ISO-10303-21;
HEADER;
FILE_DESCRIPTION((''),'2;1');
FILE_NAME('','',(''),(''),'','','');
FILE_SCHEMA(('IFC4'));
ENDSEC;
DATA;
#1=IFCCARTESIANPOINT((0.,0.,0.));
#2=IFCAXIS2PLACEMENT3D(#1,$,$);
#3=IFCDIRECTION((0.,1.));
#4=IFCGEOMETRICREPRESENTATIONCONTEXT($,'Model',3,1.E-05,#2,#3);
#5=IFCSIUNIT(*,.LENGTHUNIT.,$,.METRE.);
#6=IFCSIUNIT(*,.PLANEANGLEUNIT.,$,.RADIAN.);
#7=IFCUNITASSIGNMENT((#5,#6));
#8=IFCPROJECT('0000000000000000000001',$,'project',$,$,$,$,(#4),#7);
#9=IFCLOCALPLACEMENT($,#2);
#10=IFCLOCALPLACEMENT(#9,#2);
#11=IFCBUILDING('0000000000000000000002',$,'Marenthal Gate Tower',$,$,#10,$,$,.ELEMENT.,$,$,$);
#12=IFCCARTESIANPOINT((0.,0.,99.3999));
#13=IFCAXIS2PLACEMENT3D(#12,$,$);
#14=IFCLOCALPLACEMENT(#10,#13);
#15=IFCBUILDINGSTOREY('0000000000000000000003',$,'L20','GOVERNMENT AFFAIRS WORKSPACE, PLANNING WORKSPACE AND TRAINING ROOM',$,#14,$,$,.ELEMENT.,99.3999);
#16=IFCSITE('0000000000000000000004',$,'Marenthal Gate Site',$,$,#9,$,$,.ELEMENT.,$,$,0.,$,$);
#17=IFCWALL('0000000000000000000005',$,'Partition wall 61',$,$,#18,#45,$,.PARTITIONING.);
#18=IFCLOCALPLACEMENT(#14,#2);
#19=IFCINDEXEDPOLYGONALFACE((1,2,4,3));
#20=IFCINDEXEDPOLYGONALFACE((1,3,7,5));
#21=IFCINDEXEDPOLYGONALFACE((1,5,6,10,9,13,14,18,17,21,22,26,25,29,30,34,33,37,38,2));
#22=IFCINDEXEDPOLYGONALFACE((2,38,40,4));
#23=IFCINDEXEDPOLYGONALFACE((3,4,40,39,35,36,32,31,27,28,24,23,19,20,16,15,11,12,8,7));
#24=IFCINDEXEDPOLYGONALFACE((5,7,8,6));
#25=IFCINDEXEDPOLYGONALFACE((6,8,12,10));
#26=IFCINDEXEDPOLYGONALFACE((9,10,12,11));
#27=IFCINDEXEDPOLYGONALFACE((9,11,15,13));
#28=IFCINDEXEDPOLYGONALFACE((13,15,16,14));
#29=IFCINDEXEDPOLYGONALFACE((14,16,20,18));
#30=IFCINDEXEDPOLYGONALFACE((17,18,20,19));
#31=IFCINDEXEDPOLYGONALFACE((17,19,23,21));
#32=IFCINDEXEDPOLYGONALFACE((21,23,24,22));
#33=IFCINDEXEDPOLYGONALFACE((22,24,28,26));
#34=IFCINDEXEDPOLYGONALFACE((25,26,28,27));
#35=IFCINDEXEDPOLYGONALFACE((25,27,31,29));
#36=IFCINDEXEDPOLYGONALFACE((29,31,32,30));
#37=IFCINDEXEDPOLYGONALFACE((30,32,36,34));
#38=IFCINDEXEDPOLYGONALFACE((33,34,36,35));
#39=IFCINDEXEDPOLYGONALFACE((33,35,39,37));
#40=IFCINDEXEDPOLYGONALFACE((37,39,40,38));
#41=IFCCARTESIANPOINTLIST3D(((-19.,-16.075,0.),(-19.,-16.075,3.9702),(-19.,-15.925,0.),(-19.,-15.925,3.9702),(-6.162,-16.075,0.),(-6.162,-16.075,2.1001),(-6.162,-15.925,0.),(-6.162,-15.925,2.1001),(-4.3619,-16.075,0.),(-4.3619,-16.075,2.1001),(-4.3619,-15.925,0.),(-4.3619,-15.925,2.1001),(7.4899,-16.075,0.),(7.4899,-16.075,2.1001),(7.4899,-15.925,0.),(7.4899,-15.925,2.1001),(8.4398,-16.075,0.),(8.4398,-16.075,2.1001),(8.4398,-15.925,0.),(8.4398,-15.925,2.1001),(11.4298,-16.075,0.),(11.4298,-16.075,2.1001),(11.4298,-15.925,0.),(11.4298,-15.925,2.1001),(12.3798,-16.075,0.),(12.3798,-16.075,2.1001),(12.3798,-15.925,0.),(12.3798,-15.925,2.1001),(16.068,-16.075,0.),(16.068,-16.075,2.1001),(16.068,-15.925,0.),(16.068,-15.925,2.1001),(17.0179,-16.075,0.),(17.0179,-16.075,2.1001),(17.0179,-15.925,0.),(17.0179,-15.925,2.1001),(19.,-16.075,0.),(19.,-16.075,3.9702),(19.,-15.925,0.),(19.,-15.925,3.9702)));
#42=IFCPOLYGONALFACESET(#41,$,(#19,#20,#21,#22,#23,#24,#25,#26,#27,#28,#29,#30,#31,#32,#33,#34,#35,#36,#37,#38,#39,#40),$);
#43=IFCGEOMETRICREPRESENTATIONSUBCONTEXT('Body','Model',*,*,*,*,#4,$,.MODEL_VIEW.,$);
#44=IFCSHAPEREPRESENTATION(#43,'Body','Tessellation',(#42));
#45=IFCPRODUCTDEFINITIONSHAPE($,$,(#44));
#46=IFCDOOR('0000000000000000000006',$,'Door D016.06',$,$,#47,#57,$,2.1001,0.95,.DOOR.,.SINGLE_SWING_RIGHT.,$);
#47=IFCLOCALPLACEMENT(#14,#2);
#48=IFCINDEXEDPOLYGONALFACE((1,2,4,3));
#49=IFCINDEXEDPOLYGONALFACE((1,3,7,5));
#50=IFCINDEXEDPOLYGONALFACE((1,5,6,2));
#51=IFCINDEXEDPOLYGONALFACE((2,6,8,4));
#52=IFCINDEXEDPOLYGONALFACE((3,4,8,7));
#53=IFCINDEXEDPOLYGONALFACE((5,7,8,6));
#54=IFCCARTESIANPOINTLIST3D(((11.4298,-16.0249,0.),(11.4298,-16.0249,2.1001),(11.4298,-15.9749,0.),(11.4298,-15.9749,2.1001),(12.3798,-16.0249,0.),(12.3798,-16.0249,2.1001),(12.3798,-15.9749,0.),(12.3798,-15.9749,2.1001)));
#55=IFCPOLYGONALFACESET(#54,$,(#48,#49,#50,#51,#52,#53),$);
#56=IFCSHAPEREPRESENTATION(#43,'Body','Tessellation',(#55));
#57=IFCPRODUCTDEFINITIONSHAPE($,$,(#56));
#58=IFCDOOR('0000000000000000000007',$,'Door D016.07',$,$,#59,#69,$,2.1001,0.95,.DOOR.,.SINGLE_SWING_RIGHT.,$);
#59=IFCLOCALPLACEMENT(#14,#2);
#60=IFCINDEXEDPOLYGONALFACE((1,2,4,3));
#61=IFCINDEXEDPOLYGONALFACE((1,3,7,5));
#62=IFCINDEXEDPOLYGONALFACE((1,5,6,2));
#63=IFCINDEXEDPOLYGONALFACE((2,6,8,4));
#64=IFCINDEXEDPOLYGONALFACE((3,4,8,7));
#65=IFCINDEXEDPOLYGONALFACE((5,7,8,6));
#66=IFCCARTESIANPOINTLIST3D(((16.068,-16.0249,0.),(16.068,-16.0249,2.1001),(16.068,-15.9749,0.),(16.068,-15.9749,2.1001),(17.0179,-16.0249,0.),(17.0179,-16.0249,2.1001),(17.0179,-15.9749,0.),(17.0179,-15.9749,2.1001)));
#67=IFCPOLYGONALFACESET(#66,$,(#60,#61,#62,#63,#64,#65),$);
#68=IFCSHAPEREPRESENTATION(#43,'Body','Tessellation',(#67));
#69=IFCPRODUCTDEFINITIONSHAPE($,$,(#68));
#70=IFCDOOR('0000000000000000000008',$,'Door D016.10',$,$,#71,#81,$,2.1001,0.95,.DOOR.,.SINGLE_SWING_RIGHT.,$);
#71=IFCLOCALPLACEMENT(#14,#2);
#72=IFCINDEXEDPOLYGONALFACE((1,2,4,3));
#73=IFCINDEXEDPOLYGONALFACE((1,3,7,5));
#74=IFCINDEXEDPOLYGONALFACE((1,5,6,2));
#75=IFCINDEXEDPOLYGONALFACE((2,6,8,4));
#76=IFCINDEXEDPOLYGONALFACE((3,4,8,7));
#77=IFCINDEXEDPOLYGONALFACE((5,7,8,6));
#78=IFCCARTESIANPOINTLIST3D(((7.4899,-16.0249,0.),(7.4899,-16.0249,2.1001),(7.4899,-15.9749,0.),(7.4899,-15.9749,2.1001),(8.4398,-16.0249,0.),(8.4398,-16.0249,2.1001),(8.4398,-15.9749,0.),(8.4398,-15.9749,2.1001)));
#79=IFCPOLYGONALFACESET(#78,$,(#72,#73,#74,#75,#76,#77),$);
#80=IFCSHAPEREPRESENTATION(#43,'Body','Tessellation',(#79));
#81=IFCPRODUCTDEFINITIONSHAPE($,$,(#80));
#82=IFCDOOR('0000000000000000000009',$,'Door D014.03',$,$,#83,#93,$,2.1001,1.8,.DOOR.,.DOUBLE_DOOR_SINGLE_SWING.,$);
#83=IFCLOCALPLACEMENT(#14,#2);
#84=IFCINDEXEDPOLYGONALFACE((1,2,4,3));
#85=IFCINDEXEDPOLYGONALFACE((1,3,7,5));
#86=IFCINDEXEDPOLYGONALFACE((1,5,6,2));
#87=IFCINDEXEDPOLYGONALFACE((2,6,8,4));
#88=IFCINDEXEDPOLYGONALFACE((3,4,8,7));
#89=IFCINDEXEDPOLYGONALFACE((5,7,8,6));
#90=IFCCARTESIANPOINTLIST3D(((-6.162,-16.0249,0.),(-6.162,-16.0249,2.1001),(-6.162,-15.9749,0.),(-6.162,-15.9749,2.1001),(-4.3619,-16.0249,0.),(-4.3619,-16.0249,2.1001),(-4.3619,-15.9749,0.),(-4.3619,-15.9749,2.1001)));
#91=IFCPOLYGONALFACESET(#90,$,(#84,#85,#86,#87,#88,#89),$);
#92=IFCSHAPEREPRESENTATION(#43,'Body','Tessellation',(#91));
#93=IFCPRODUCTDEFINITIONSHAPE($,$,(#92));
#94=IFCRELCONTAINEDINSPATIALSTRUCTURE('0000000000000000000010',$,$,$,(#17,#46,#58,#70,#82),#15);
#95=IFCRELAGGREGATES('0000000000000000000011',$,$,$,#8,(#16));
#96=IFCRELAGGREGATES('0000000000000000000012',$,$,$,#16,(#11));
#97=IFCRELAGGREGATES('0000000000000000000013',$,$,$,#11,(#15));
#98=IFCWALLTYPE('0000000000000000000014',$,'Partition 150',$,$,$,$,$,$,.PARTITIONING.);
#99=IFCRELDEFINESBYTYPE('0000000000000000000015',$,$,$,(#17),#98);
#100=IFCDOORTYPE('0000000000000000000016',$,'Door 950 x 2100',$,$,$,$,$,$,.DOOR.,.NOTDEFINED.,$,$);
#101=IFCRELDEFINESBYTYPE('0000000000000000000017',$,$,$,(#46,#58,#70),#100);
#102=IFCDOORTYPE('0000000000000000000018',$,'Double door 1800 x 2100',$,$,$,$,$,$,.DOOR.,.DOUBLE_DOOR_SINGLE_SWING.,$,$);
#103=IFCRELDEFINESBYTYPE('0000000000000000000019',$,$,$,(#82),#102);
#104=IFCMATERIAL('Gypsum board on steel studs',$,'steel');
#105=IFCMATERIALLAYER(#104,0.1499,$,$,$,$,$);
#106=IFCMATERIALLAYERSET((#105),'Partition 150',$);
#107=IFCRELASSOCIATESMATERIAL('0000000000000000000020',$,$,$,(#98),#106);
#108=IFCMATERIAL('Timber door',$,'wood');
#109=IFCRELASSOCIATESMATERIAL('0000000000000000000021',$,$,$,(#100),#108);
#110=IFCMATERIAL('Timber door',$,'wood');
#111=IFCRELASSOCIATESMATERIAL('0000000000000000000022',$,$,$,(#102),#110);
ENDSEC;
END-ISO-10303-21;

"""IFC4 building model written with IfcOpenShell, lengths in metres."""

from ifc_helpers import new_model, si_unit, direction, frame, frame_2d, origin, place, context, subcontext, project, spatial, rectangle, extrude, material, layer, layer_set, type_object, element, fill, save


model = new_model("IFC4")

# Units and contexts
model_context = context("Model", 3, precision=1e-05, world=origin(), true_north=direction((0.0, 1.0)))
body_context = subcontext(model_context, "Body", "Model", "MODEL_VIEW")
ifc_project = project(units=[si_unit("LENGTHUNIT", "METRE"), si_unit("PLANEANGLEUNIT", "RADIAN")], contexts=[model_context])

# Site, building, storey
site_placement = place(None, origin())
site = spatial("IfcSite", under=ifc_project, at=site_placement, Name="Marenthal Gate Site", CompositionType="ELEMENT", RefElevation=0.0)
building_placement = place(site_placement, origin())
building = spatial("IfcBuilding", under=site, at=building_placement, Name="Marenthal Gate Tower", CompositionType="ELEMENT")
storey_placement = place(building_placement, frame((0.0, 0.0, 99.3999)))
storey = spatial("IfcBuildingStorey", under=building, at=storey_placement, Name="L20", Description="GOVERNMENT AFFAIRS WORKSPACE, PLANNING WORKSPACE AND TRAINING ROOM", CompositionType="ELEMENT", Elevation=99.3999)

# Wall, openings, doors
ifc_material_1 = material(Name="Gypsum board on steel studs", Category="steel")
ifc_layer_1 = layer(ifc_material_1, 0.1499)
ifc_layer_set_1 = layer_set([ifc_layer_1], Name="Partition 150")
wall_type_1 = type_object("IfcWallType", Name="Partition 150", PredefinedType="PARTITIONING", material=ifc_layer_set_1)
wall_1_placement = place(storey_placement, frame((19.0, -16.0, 0.0), z_axis=(0.0, 0.0, 1.0), x_axis=(-1.0, 0.0, 0.0)))
wall_1 = element("IfcWall", 1, at=wall_1_placement, inside=storey, type_object=wall_type_1, Name="Partition wall 61", PredefinedType="PARTITIONING", context=body_context, shape_type="SweptSolid", body=[
    extrude(rectangle(XDim=38.0, YDim=0.1499, at=frame_2d((19.0, 0.0))), origin(), (0.0, 0.0, 1.0), 3.9702),
])
opening_1_placement = place(wall_1_placement, frame((23.3621, 0.0, 0.0)))
opening_1 = element("IfcOpeningElement", 2, at=opening_1_placement, cuts=wall_1, PredefinedType="OPENING", context=body_context, shape_type="SweptSolid", body=[
    extrude(rectangle(XDim=1.8, YDim=2.1001, at=frame_2d((0.8999, 1.05))), frame((0.0, 0.085, 0.0), z_axis=(0.0, -1.0, 0.0), x_axis=(1.0, 0.0, 0.0)), (0.0, 0.0, 1.0), 0.1699),
])
opening_2_placement = place(wall_1_placement, frame((6.6201, 0.0, 0.0)))
opening_2 = element("IfcOpeningElement", 3, at=opening_2_placement, cuts=wall_1, PredefinedType="OPENING", context=body_context, shape_type="SweptSolid", body=[
    extrude(rectangle(XDim=0.95, YDim=2.1001, at=frame_2d((0.4751, 1.05))), frame((0.0, 0.085, 0.0), z_axis=(0.0, -1.0, 0.0), x_axis=(1.0, 0.0, 0.0)), (0.0, 0.0, 1.0), 0.1699),
])
opening_3_placement = place(wall_1_placement, frame((1.9819, 0.0, 0.0)))
opening_3 = element("IfcOpeningElement", 4, at=opening_3_placement, cuts=wall_1, PredefinedType="OPENING", context=body_context, shape_type="SweptSolid", body=[
    extrude(rectangle(XDim=0.95, YDim=2.1001, at=frame_2d((0.4751, 1.05))), frame((0.0, 0.085, 0.0), z_axis=(0.0, -1.0, 0.0), x_axis=(1.0, 0.0, 0.0)), (0.0, 0.0, 1.0), 0.1699),
])
opening_4_placement = place(wall_1_placement, frame((10.5601, 0.0, 0.0)))
opening_4 = element("IfcOpeningElement", 5, at=opening_4_placement, cuts=wall_1, PredefinedType="OPENING", context=body_context, shape_type="SweptSolid", body=[
    extrude(rectangle(XDim=0.95, YDim=2.1001, at=frame_2d((0.4751, 1.05))), frame((0.0, 0.085, 0.0), z_axis=(0.0, -1.0, 0.0), x_axis=(1.0, 0.0, 0.0)), (0.0, 0.0, 1.0), 0.1699),
])
ifc_material_2 = material(Name="Timber door", Category="wood")
door_type_1 = type_object("IfcDoorType", Name="Door 950 x 2100", OperationType="NOTDEFINED", PredefinedType="DOOR", material=ifc_material_2)
door_1_placement = place(opening_2_placement, origin())
door_1 = element("IfcDoor", 6, at=door_1_placement, inside=storey, type_object=door_type_1, Name="Door D016.06", OperationType="SINGLE_SWING_RIGHT", OverallHeight=2.1001, OverallWidth=0.95, PredefinedType="DOOR", context=body_context, shape_type="SweptSolid", body=[
    extrude(rectangle(XDim=0.95, YDim=2.1001, at=frame_2d((0.4751, 1.05))), frame((0.0, 0.0249, 0.0), z_axis=(0.0, -1.0, 0.0), x_axis=(1.0, 0.0, 0.0)), (0.0, 0.0, 1.0), 0.05),
])
fill(opening_2, door_1)
door_2_placement = place(opening_3_placement, origin())
door_2 = element("IfcDoor", 7, at=door_2_placement, inside=storey, type_object=door_type_1, Name="Door D016.07", OperationType="SINGLE_SWING_RIGHT", OverallHeight=2.1001, OverallWidth=0.95, PredefinedType="DOOR", context=body_context, shape_type="SweptSolid", body=[
    extrude(rectangle(XDim=0.95, YDim=2.1001, at=frame_2d((0.4751, 1.05))), frame((0.0, 0.0249, 0.0), z_axis=(0.0, -1.0, 0.0), x_axis=(1.0, 0.0, 0.0)), (0.0, 0.0, 1.0), 0.05),
])
fill(opening_3, door_2)
door_3_placement = place(opening_4_placement, origin())
door_3 = element("IfcDoor", 8, at=door_3_placement, inside=storey, type_object=door_type_1, Name="Door D016.10", OperationType="SINGLE_SWING_RIGHT", OverallHeight=2.1001, OverallWidth=0.95, PredefinedType="DOOR", context=body_context, shape_type="SweptSolid", body=[
    extrude(rectangle(XDim=0.95, YDim=2.1001, at=frame_2d((0.4751, 1.05))), frame((0.0, 0.0249, 0.0), z_axis=(0.0, -1.0, 0.0), x_axis=(1.0, 0.0, 0.0)), (0.0, 0.0, 1.0), 0.05),
])
fill(opening_4, door_3)
ifc_material_3 = material(Name="Timber door", Category="wood")
door_type_2 = type_object("IfcDoorType", Name="Double door 1800 x 2100", OperationType="DOUBLE_DOOR_SINGLE_SWING", PredefinedType="DOOR", material=ifc_material_3)
door_4_placement = place(opening_1_placement, origin())
door_4 = element("IfcDoor", 9, at=door_4_placement, inside=storey, type_object=door_type_2, Name="Door D014.03", OperationType="DOUBLE_DOOR_SINGLE_SWING", OverallHeight=2.1001, OverallWidth=1.8, PredefinedType="DOOR", context=body_context, shape_type="SweptSolid", body=[
    extrude(rectangle(XDim=1.8, YDim=2.1001, at=frame_2d((0.8999, 1.05))), frame((0.0, 0.0249, 0.0), z_axis=(0.0, -1.0, 0.0), x_axis=(1.0, 0.0, 0.0)), (0.0, 0.0, 1.0), 0.05),
])
fill(opening_1, door_4)

save(model, "model.ifc")
